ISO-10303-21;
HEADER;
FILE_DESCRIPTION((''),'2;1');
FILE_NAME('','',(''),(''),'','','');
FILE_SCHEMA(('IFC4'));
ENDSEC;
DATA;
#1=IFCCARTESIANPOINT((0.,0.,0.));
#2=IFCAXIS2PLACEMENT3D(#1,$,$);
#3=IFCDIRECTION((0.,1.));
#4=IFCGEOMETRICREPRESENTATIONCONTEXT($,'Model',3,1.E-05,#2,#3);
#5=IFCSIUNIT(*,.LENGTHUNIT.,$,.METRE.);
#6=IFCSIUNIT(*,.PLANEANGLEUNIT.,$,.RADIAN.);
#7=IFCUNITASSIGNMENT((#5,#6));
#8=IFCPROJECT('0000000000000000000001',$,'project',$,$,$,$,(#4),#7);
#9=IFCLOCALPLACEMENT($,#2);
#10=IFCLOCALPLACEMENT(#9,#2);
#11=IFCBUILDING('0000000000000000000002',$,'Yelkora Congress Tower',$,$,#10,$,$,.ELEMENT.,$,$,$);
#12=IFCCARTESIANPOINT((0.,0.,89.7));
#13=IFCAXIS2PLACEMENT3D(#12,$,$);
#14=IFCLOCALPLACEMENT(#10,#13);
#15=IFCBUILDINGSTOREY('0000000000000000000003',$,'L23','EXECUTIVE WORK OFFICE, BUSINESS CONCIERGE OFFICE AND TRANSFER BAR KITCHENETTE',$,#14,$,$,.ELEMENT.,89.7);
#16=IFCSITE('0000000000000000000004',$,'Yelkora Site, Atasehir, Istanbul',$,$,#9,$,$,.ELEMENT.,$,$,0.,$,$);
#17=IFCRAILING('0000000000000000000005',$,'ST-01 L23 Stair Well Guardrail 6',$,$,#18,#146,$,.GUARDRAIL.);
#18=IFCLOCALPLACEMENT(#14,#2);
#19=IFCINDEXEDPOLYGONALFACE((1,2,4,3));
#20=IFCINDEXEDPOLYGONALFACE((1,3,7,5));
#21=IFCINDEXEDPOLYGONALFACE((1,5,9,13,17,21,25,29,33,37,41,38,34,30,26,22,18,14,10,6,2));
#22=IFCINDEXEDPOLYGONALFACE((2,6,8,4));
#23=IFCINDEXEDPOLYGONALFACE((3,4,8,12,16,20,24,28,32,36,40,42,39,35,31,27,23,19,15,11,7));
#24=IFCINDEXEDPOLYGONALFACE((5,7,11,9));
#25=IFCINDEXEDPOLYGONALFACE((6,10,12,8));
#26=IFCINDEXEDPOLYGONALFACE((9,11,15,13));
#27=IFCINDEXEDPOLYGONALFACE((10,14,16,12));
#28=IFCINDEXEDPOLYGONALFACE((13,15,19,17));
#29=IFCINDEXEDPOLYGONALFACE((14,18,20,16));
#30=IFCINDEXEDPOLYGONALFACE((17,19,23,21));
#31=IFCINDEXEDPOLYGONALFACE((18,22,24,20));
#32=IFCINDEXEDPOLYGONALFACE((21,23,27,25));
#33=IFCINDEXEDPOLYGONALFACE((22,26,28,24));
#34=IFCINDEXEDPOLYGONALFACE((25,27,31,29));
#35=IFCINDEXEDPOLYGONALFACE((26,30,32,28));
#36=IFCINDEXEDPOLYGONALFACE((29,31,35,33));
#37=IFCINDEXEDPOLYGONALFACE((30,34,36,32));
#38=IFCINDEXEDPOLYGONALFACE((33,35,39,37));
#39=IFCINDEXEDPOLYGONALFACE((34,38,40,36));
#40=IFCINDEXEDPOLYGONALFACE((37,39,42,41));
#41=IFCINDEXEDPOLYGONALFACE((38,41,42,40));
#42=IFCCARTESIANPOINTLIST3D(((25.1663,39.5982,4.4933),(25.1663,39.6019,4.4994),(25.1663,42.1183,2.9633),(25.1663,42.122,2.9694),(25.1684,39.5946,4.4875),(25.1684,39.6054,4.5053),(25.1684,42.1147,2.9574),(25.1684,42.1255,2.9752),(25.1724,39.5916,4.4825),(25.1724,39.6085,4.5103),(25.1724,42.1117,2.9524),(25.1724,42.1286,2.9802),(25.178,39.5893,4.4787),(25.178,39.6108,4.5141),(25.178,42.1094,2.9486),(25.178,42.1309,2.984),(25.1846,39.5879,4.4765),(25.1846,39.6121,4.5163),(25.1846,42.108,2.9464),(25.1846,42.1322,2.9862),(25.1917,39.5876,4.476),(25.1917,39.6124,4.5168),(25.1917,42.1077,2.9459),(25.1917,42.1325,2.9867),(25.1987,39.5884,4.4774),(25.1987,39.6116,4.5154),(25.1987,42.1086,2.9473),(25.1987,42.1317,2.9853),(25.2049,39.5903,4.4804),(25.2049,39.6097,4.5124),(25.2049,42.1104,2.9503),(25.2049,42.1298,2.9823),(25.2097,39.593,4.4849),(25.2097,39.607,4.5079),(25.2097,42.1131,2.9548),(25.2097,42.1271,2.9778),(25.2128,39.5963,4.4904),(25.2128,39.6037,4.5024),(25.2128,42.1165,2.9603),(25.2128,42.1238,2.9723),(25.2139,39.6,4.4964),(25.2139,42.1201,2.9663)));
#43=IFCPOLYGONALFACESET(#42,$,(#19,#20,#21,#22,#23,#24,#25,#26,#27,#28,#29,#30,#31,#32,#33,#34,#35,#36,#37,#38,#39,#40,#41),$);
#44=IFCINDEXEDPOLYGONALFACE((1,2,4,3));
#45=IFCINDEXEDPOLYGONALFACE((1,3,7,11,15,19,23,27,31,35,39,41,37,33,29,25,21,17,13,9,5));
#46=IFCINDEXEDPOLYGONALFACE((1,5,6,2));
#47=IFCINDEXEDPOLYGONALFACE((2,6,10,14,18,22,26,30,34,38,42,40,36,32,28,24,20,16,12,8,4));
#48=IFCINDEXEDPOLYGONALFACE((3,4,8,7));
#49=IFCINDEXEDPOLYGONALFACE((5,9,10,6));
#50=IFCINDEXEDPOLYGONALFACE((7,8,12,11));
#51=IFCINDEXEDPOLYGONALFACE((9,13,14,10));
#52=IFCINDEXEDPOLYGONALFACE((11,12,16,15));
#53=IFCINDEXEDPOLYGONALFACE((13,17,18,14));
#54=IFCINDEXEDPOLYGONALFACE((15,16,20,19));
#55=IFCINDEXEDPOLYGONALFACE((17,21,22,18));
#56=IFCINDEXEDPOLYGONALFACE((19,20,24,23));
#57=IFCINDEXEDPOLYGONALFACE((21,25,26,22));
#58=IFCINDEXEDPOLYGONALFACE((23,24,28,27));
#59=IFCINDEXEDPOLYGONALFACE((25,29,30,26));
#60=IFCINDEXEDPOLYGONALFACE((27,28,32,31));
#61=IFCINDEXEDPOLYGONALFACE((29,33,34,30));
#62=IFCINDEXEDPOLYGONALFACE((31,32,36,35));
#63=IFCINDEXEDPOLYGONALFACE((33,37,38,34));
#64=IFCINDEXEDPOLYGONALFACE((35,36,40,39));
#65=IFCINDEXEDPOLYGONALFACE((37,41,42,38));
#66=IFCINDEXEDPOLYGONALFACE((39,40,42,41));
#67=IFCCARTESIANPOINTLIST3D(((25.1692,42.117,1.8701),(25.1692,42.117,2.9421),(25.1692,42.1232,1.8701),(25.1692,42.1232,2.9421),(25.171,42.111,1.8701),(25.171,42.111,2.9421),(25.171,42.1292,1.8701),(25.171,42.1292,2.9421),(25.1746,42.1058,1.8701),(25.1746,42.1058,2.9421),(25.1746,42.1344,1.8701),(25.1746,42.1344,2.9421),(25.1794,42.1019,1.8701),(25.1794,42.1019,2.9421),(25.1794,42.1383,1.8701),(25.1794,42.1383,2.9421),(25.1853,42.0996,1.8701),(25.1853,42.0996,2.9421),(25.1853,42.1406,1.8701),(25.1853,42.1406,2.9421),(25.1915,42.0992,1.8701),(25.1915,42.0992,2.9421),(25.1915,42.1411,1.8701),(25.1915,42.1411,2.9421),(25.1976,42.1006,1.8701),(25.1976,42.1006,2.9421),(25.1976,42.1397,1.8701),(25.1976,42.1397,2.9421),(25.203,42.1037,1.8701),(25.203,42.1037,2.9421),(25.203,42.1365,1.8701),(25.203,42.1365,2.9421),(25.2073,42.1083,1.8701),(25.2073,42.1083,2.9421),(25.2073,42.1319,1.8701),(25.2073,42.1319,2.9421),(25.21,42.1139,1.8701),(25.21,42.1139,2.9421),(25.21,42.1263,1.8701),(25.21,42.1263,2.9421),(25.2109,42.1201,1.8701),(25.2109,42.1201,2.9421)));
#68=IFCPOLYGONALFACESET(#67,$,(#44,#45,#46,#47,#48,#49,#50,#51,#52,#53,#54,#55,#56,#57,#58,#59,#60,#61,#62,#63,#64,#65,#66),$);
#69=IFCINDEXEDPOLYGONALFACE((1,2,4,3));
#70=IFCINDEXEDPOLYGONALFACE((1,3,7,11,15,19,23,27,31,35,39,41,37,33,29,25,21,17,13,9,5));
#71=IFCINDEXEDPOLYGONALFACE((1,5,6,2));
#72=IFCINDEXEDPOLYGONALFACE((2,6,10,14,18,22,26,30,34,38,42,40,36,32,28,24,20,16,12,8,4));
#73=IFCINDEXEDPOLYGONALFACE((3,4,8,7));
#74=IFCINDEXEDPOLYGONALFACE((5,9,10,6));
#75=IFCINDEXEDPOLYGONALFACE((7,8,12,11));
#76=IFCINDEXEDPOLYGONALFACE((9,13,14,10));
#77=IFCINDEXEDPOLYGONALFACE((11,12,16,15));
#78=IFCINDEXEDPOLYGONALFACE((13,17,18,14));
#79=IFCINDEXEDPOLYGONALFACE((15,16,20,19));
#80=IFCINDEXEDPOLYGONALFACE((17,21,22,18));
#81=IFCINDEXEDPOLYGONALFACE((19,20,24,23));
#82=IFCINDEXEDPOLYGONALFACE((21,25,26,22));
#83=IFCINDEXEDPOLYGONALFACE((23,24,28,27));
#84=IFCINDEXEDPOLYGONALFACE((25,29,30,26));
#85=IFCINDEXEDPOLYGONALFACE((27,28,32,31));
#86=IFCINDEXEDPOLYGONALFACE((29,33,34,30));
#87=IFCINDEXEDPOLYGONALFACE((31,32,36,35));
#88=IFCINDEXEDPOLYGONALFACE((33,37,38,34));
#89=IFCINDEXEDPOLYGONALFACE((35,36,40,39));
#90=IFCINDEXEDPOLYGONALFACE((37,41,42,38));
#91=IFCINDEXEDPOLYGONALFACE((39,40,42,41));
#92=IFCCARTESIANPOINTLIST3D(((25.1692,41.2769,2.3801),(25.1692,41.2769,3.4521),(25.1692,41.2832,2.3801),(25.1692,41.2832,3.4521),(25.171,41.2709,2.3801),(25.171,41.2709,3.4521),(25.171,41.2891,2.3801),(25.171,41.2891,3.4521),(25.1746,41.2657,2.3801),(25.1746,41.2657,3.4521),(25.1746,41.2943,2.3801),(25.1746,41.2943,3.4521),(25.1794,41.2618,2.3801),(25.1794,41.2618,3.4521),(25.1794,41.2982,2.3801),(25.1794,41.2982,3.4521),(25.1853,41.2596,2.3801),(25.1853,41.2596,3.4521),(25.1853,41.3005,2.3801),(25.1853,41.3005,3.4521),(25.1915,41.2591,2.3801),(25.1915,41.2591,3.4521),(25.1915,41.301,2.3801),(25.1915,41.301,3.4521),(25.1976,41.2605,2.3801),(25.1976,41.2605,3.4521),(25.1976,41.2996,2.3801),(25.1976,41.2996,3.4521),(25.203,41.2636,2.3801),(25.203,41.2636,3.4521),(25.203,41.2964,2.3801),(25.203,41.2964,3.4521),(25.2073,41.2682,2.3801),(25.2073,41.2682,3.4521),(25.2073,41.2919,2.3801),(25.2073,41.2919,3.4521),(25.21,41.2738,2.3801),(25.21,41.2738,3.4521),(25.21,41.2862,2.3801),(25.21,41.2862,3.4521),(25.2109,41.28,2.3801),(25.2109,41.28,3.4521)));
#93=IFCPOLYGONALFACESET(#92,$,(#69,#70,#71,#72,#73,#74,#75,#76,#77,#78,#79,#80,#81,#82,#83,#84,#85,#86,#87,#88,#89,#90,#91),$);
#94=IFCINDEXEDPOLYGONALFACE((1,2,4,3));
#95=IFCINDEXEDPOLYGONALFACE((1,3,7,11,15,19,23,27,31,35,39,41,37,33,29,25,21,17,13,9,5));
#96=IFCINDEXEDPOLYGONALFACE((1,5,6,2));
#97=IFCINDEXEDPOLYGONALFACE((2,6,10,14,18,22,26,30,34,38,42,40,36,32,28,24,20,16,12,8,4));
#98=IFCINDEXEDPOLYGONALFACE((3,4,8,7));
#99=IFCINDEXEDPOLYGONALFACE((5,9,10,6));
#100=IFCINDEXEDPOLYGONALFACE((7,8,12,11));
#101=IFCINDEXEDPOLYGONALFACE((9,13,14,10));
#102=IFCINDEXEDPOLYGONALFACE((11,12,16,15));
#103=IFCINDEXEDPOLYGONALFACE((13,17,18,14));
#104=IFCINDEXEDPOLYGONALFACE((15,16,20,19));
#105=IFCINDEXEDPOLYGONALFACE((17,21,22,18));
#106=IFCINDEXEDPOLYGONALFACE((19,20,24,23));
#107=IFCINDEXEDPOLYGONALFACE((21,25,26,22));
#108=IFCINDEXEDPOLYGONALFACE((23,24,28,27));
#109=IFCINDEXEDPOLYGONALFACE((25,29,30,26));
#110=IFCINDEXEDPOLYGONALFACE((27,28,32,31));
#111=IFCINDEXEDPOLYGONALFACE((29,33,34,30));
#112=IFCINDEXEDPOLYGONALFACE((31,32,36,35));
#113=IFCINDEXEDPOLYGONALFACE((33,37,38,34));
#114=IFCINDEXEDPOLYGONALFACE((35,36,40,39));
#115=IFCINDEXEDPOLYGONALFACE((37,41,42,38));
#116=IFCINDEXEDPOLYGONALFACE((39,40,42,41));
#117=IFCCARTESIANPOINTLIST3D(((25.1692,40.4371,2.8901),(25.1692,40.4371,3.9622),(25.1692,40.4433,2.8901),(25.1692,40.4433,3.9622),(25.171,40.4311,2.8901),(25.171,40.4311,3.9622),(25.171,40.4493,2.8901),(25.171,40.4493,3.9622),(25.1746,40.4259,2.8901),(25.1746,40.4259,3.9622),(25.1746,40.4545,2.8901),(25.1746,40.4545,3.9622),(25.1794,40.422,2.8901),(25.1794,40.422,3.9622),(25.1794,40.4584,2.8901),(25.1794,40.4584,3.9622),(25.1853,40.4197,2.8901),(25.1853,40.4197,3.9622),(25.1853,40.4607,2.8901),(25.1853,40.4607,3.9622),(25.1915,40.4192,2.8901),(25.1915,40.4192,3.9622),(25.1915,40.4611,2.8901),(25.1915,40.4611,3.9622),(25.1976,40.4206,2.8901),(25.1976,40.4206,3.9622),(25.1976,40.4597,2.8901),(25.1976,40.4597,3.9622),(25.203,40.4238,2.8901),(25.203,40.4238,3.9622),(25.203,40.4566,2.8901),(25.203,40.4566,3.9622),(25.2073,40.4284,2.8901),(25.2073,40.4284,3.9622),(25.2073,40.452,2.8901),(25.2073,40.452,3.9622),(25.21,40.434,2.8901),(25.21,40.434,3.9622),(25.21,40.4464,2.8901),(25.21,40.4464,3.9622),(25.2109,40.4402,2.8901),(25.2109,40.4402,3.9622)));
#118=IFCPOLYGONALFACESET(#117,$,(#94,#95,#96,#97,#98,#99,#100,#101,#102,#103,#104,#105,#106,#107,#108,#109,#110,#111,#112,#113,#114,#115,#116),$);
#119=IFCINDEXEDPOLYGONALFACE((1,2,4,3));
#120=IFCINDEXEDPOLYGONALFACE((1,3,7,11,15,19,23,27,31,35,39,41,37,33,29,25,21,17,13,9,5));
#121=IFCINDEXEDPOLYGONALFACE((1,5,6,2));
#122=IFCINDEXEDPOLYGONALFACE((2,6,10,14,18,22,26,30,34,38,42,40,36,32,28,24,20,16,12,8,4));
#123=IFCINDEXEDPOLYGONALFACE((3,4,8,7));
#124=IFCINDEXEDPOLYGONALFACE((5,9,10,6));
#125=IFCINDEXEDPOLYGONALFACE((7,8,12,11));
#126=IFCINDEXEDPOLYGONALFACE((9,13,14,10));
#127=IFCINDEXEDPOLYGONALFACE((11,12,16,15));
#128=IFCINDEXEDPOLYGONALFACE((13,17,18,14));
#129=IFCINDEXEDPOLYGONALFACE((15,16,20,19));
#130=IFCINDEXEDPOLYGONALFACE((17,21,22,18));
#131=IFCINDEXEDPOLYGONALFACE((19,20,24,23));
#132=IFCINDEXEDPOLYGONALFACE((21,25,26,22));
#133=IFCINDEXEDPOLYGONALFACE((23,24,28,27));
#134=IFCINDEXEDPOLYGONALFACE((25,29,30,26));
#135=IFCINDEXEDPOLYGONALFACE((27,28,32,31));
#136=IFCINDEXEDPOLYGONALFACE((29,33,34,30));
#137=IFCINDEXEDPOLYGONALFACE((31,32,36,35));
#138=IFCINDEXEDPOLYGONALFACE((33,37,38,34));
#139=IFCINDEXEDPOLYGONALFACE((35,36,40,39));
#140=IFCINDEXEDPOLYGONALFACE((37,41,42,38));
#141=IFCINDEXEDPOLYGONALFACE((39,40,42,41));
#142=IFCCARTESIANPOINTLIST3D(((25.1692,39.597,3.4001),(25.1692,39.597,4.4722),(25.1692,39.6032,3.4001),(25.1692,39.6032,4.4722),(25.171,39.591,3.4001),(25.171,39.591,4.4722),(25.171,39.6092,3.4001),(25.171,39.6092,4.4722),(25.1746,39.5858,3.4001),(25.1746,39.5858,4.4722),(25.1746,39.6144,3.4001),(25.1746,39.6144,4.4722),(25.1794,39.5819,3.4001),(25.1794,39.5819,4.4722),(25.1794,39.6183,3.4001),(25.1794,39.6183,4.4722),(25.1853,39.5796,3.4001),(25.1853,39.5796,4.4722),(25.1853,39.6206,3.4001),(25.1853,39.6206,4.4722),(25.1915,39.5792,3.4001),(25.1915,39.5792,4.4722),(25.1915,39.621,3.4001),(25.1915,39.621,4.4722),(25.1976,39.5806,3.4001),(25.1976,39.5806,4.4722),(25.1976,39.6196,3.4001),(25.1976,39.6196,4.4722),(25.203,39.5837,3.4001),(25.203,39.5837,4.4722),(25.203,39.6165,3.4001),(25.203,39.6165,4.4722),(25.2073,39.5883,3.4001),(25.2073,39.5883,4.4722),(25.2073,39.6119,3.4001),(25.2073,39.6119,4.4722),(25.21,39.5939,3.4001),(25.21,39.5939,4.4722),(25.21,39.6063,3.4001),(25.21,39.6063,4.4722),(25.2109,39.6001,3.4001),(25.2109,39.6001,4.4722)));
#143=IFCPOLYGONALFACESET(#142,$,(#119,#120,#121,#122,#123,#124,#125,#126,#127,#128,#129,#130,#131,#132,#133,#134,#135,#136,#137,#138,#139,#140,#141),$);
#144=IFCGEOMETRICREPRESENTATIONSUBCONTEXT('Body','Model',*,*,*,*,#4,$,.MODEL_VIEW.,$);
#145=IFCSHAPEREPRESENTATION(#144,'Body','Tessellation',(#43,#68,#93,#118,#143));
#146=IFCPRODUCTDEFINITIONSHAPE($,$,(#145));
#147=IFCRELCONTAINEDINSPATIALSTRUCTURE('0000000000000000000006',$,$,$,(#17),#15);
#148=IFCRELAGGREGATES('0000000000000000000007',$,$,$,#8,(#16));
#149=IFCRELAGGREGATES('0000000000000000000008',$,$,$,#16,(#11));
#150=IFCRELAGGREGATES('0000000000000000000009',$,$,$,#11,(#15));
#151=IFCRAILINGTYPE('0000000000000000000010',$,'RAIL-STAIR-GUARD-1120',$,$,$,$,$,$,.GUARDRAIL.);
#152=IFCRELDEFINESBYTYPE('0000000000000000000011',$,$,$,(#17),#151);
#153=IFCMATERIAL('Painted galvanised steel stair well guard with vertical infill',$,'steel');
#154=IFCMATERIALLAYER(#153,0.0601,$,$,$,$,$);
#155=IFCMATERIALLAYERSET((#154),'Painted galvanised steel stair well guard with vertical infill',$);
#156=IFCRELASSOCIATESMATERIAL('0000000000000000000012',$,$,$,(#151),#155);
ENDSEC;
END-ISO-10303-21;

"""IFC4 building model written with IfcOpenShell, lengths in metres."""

from ifc_helpers import new_model, si_unit, direction, frame, origin, origin_2d, place, context, subcontext, project, spatial, circle, extrude, material, layer, layer_set, type_object, element, save


model = new_model("IFC4")

# Units and contexts
model_context = context("Model", 3, precision=1e-05, world=origin(), true_north=direction((0.0, 1.0)))
body_context = subcontext(model_context, "Body", "Model", "MODEL_VIEW")
ifc_project = project(units=[si_unit("LENGTHUNIT", "METRE"), si_unit("PLANEANGLEUNIT", "RADIAN")], contexts=[model_context])

# Site, building, storey
site_placement = place(None, origin())
site = spatial("IfcSite", under=ifc_project, at=site_placement, Name="Yelkora Site, Atasehir, Istanbul", CompositionType="ELEMENT", RefElevation=0.0)
building_placement = place(site_placement, origin())
building = spatial("IfcBuilding", under=site, at=building_placement, Name="Yelkora Congress Tower", CompositionType="ELEMENT")
storey_placement = place(building_placement, frame((0.0, 0.0, 89.7)))
storey = spatial("IfcBuildingStorey", under=building, at=storey_placement, Name="L23", Description="EXECUTIVE WORK OFFICE, BUSINESS CONCIERGE OFFICE AND TRANSFER BAR KITCHENETTE", CompositionType="ELEMENT", Elevation=89.7)

# Railing
ifc_material_1 = material(Name="Painted galvanised steel stair well guard with vertical infill", Category="steel")
ifc_layer_1 = layer(ifc_material_1, 0.0601)
ifc_layer_set_1 = layer_set([ifc_layer_1], Name="Painted galvanised steel stair well guard with vertical infill")
railing_type_1 = type_object("IfcRailingType", Name="RAIL-STAIR-GUARD-1120", PredefinedType="GUARDRAIL", material=ifc_layer_set_1)
railing_1_placement = place(storey_placement, frame((25.1899, 42.1201, 1.8701)))
element("IfcRailing", 1, at=railing_1_placement, inside=storey, type_object=railing_type_1, Name="ST-01 L23 Stair Well Guardrail 6", PredefinedType="GUARDRAIL", context=body_context, shape_type="SweptSolid", body=[
    extrude(circle(Radius=0.0239, at=origin_2d()), frame((0.0, 0.0, 1.0962), z_axis=(0.0, -0.854785, 0.518982), x_axis=(1.0, 0.0, 0.0)), (0.0, 0.0, 1.0), 2.9482),
    extrude(circle(Radius=0.021, at=origin_2d()), origin(), (0.0, 0.0, 1.0), 1.072),
    extrude(circle(Radius=0.021, at=origin_2d()), frame((0.0, -0.8401, 0.51)), (0.0, 0.0, 1.0), 1.072),
    extrude(circle(Radius=0.021, at=origin_2d()), frame((0.0, -1.6799, 1.02)), (0.0, 0.0, 1.0), 1.072),
    extrude(circle(Radius=0.021, at=origin_2d()), frame((0.0, -2.52, 1.53)), (0.0, 0.0, 1.0), 1.072),
])

save(model, "model.ifc")
